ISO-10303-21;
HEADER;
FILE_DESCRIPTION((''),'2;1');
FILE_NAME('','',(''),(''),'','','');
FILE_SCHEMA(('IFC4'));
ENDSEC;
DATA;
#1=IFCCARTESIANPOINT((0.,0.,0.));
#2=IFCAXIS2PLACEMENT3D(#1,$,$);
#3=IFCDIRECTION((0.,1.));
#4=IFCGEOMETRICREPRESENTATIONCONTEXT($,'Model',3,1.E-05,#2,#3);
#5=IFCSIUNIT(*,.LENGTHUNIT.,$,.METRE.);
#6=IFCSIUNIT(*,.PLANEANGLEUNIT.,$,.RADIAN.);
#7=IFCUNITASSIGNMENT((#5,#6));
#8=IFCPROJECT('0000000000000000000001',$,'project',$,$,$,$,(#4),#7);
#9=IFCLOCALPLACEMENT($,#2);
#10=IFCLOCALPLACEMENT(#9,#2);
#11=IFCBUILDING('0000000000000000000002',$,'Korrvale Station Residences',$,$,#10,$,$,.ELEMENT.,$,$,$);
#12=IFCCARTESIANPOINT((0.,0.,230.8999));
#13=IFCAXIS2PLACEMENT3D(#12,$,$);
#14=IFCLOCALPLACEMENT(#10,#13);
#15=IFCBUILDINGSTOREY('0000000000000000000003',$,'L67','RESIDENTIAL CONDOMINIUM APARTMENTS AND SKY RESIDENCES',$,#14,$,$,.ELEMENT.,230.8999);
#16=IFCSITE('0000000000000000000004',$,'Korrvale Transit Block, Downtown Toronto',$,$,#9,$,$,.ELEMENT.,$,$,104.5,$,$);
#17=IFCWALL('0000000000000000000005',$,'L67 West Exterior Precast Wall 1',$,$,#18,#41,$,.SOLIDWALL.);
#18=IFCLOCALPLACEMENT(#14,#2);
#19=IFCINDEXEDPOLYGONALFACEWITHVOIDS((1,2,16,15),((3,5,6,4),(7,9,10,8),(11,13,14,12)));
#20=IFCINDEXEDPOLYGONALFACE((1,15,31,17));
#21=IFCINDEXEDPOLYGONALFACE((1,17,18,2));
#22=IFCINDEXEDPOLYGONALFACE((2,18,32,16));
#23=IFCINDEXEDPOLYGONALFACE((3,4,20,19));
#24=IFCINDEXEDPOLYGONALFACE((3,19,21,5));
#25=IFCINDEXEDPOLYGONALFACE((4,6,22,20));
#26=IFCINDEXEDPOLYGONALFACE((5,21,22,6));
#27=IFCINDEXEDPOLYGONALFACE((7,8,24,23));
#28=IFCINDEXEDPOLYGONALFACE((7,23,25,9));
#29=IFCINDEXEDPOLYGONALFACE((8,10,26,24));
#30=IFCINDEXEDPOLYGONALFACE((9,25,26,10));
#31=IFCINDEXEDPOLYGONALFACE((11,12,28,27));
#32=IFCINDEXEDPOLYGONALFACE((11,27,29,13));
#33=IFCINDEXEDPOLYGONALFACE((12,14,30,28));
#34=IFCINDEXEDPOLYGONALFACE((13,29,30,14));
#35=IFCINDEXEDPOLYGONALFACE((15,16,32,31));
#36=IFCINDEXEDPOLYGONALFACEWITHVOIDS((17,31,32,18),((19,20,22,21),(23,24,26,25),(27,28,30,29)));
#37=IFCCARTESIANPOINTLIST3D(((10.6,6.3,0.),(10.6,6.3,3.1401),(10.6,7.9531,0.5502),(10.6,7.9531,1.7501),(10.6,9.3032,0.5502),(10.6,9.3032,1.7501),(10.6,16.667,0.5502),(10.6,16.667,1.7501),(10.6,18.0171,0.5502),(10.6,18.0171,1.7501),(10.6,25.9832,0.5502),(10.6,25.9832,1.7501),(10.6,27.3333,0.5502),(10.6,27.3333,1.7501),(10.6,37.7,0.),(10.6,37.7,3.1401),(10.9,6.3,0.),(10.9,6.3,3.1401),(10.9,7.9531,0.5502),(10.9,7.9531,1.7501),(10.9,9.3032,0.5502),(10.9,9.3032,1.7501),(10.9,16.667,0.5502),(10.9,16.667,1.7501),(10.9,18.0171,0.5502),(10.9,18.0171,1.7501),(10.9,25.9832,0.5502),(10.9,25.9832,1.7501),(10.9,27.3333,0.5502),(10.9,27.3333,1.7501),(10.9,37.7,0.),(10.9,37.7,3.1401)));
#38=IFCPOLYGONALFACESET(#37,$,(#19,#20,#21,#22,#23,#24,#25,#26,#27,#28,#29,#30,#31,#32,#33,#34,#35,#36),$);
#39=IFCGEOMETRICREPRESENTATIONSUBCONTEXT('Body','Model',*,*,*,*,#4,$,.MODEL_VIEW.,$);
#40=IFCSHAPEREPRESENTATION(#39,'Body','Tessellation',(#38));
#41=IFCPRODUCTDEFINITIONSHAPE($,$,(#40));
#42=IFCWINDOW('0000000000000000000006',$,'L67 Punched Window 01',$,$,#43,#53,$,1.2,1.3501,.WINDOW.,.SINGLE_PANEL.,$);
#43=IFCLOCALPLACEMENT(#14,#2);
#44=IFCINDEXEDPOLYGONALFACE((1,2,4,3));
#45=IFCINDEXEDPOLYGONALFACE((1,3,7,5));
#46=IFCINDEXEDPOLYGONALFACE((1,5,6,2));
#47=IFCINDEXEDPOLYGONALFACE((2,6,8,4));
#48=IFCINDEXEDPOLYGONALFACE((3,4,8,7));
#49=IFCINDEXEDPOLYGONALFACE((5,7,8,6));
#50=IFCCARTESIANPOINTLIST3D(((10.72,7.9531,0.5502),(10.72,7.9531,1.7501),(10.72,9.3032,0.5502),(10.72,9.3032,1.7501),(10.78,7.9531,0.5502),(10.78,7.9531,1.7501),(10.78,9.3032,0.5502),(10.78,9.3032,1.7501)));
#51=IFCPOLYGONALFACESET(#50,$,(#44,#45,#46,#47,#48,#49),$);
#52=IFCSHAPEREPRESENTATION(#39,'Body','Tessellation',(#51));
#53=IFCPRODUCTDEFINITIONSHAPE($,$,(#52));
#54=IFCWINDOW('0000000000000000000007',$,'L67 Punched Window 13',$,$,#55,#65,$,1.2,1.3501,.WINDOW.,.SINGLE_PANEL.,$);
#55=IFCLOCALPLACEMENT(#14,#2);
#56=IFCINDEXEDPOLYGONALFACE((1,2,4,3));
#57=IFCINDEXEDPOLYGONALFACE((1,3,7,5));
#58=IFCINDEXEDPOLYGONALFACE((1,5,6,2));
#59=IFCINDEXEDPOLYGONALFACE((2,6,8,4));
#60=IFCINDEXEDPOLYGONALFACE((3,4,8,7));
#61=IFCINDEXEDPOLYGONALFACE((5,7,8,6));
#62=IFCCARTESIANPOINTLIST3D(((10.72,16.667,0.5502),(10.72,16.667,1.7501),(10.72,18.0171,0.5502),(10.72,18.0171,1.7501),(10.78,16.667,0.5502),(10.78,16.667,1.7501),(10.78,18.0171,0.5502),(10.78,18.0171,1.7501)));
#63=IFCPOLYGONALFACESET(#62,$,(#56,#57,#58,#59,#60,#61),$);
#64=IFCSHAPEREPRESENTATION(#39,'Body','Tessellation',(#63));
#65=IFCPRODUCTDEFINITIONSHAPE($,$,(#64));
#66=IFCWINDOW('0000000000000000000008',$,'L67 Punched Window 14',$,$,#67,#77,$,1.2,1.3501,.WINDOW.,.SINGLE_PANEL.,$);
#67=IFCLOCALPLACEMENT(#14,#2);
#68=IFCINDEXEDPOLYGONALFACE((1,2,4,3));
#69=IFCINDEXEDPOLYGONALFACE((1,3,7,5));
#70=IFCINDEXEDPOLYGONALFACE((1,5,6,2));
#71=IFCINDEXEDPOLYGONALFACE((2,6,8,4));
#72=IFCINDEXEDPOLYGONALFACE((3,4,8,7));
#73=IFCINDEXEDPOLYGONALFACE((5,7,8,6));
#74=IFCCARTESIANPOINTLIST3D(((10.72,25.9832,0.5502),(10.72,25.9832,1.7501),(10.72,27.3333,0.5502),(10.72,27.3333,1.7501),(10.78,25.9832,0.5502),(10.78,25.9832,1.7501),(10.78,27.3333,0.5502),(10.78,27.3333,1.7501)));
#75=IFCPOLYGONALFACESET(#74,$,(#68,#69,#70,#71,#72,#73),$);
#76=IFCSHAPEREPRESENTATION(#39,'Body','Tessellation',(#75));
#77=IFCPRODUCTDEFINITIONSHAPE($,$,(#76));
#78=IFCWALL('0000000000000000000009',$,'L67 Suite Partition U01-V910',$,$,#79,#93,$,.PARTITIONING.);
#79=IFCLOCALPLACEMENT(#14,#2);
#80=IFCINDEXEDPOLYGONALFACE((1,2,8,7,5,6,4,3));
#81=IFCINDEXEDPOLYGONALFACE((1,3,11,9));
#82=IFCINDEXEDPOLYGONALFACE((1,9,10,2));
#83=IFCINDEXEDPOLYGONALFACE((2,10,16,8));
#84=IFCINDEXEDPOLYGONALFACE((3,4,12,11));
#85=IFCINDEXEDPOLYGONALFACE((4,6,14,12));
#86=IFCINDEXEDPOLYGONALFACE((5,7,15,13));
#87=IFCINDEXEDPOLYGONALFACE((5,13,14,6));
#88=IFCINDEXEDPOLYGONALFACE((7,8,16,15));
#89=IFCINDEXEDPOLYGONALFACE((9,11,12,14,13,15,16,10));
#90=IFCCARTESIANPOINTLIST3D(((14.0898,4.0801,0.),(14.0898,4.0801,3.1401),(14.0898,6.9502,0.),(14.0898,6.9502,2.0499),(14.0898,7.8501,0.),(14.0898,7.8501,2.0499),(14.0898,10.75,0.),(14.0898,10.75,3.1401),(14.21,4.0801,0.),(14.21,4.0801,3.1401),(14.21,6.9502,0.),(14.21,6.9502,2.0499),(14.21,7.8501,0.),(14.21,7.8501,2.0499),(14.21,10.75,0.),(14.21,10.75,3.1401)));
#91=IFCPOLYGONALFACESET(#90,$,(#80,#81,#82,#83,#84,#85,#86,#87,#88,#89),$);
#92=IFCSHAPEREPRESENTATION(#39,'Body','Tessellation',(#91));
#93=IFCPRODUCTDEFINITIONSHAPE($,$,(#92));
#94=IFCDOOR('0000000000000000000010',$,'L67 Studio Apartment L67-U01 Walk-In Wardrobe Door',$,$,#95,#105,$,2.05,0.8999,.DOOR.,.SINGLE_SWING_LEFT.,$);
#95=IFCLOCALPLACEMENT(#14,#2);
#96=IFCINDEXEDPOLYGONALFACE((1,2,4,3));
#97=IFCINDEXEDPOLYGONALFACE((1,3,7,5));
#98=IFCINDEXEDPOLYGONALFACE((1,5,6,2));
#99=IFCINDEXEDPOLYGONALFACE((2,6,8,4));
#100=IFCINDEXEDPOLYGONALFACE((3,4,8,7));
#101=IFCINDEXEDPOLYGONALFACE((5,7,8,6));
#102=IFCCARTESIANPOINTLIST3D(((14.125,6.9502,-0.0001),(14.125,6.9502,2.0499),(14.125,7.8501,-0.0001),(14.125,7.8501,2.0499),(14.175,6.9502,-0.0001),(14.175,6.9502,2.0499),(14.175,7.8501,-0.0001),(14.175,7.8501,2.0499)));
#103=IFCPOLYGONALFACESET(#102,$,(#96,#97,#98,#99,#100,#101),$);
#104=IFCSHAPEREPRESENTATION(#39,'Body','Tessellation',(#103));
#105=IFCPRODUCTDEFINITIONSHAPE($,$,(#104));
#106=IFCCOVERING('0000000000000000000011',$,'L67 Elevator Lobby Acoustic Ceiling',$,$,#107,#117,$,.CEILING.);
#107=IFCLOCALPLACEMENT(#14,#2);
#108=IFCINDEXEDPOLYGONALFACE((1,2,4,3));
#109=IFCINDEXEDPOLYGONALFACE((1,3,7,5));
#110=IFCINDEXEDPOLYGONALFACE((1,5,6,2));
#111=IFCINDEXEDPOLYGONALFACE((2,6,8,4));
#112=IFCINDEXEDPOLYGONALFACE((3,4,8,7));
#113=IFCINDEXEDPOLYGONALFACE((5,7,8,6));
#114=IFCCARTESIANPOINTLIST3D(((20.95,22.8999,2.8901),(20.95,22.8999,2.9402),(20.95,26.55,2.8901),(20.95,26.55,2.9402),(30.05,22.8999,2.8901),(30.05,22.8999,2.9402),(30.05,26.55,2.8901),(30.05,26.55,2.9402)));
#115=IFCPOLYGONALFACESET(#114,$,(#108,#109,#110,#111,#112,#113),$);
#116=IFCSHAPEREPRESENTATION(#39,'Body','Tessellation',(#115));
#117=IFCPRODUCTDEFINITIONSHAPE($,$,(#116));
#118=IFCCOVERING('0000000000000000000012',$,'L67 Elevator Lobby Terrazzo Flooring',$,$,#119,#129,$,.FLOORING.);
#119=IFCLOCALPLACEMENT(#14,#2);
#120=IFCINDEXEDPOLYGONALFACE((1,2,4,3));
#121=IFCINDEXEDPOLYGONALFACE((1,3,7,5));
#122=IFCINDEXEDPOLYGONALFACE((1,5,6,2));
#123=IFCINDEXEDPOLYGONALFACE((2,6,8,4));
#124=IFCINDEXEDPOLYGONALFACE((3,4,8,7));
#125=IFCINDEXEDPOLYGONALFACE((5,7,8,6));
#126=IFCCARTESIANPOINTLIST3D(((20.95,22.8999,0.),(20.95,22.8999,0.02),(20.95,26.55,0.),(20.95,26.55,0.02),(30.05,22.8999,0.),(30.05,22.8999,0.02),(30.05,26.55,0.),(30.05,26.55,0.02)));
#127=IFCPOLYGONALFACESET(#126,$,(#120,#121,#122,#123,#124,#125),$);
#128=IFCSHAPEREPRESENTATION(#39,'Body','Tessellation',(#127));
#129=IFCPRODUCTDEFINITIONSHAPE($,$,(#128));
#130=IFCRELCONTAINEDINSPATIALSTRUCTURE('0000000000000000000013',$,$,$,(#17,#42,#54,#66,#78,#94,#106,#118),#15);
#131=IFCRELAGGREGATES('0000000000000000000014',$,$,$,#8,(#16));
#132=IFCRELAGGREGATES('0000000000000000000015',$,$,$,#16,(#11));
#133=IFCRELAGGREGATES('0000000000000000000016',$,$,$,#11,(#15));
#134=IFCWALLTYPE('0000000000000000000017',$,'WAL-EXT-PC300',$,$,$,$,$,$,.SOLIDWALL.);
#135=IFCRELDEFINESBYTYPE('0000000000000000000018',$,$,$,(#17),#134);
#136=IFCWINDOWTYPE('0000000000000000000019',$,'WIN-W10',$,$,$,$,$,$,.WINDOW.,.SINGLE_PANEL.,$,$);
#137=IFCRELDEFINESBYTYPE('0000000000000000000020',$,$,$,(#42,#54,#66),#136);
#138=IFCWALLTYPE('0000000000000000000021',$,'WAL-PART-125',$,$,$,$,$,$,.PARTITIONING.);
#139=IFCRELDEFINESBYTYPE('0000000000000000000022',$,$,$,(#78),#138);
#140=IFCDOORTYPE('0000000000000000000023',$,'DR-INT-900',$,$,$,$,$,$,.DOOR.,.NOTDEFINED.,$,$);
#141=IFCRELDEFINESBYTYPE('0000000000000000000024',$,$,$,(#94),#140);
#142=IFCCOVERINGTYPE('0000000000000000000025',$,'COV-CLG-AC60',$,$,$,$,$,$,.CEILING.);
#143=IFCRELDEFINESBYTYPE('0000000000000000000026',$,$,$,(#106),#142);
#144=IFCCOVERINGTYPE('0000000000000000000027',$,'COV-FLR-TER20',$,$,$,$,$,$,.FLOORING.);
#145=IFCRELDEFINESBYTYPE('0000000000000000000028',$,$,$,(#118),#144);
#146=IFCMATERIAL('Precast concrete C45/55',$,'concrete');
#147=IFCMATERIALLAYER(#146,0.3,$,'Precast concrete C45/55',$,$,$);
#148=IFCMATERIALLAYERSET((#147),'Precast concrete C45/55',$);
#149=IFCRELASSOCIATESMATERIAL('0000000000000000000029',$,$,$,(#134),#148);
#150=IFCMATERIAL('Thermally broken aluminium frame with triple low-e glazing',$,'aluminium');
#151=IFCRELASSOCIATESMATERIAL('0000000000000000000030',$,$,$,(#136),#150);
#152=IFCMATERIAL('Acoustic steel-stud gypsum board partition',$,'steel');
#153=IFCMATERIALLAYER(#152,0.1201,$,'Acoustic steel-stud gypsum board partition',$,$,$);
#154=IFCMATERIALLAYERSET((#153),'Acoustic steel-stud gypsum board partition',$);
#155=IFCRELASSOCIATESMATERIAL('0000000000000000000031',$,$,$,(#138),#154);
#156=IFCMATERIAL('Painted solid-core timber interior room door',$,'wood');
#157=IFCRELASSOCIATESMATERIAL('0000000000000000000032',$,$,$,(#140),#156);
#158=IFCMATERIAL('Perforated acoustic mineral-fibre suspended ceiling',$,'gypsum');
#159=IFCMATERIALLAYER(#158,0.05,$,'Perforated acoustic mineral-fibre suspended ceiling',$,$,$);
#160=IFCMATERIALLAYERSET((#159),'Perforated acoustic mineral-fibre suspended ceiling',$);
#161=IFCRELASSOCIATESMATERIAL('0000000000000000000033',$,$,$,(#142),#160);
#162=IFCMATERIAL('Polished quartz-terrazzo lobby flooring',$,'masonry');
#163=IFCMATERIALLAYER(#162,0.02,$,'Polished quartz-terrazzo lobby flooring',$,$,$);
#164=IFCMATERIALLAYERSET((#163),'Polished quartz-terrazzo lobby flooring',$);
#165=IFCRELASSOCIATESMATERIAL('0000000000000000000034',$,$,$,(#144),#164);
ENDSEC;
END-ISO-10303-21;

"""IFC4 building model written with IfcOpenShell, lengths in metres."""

from ifc_helpers import new_model, si_unit, direction, frame, frame_2d, origin, place, context, subcontext, project, spatial, polyline, rectangle, outline, extrude, material, layer, layer_set, type_object, element, fill, save


model = new_model("IFC4")

# Units and contexts
model_context = context("Model", 3, precision=1e-05, world=origin(), true_north=direction((0.0, 1.0)))
body_context = subcontext(model_context, "Body", "Model", "MODEL_VIEW")
ifc_project = project(units=[si_unit("LENGTHUNIT", "METRE"), si_unit("PLANEANGLEUNIT", "RADIAN")], contexts=[model_context])

# Site, building, storey
site_placement = place(None, origin())
site = spatial("IfcSite", under=ifc_project, at=site_placement, Name="Korrvale Transit Block, Downtown Toronto", CompositionType="ELEMENT", RefElevation=104.5)
building_placement = place(site_placement, origin())
building = spatial("IfcBuilding", under=site, at=building_placement, Name="Korrvale Station Residences", CompositionType="ELEMENT")
storey_placement = place(building_placement, frame((0.0, 0.0, 230.8999)))
storey = spatial("IfcBuildingStorey", under=building, at=storey_placement, Name="L67", Description="RESIDENTIAL CONDOMINIUM APARTMENTS AND SKY RESIDENCES", CompositionType="ELEMENT", Elevation=230.8999)

# Shared definitions
ifc_material_1 = material(Name="Precast concrete C45/55", Category="concrete")
ifc_layer_1 = layer(ifc_material_1, 0.3, Name="Precast concrete C45/55")
ifc_layer_set_1 = layer_set([ifc_layer_1], Name="Precast concrete C45/55")
wall_type_1 = type_object("IfcWallType", Name="WAL-EXT-PC300", PredefinedType="SOLIDWALL", material=ifc_layer_set_1)

# Wall, openings, windows
wall_1_placement = place(storey_placement, frame((10.75, 6.3, 0.0), z_axis=(0.0, 0.0, 1.0), x_axis=(0.0, 1.0, 0.0)))
wall_1 = element("IfcWall", 1, at=wall_1_placement, inside=storey, type_object=wall_type_1, Name="L67 West Exterior Precast Wall 1", PredefinedType="SOLIDWALL", context=body_context, shape_type="SweptSolid", body=[
    extrude(rectangle(XDim=31.3999, YDim=0.3, at=frame_2d((15.7, 0.0))), origin(), (0.0, 0.0, 1.0), 3.1401),
])
opening_1_placement = place(wall_1_placement, frame((1.6531, 0.0, 0.55)))
opening_1 = element("IfcOpeningElement", 2, at=opening_1_placement, cuts=wall_1, PredefinedType="OPENING", context=body_context, shape_type="SweptSolid", body=[
    extrude(rectangle(XDim=1.3501, YDim=1.2, at=frame_2d((0.675, 0.6001))), frame((0.0, 0.1602, 0.0), z_axis=(0.0, -1.0, 0.0), x_axis=(1.0, 0.0, 0.0)), (0.0, 0.0, 1.0), 0.3201),
])
opening_2_placement = place(wall_1_placement, frame((10.3669, 0.0, 0.55)))
opening_2 = element("IfcOpeningElement", 3, at=opening_2_placement, cuts=wall_1, PredefinedType="OPENING", context=body_context, shape_type="SweptSolid", body=[
    extrude(rectangle(XDim=1.3501, YDim=1.2, at=frame_2d((0.675, 0.6001))), frame((0.0, 0.1602, 0.0), z_axis=(0.0, -1.0, 0.0), x_axis=(1.0, 0.0, 0.0)), (0.0, 0.0, 1.0), 0.3201),
])
opening_3_placement = place(wall_1_placement, frame((19.6831, 0.0, 0.55)))
opening_3 = element("IfcOpeningElement", 4, at=opening_3_placement, cuts=wall_1, PredefinedType="OPENING", context=body_context, shape_type="SweptSolid", body=[
    extrude(rectangle(XDim=1.3501, YDim=1.2, at=frame_2d((0.675, 0.6001))), frame((0.0, 0.1602, 0.0), z_axis=(0.0, -1.0, 0.0), x_axis=(1.0, 0.0, 0.0)), (0.0, 0.0, 1.0), 0.3201),
])
ifc_material_2 = material(Name="Thermally broken aluminium frame with triple low-e glazing", Category="aluminium")
window_type = type_object("IfcWindowType", Name="WIN-W10", PartitioningType="SINGLE_PANEL", PredefinedType="WINDOW", material=ifc_material_2)
window_1_placement = place(opening_1_placement, origin())
window_1 = element("IfcWindow", 5, at=window_1_placement, inside=storey, type_object=window_type, Name="L67 Punched Window 01", OverallHeight=1.2, OverallWidth=1.3501, PartitioningType="SINGLE_PANEL", PredefinedType="WINDOW", context=body_context, shape_type="SweptSolid", body=[
    extrude(rectangle(XDim=1.3501, YDim=1.2, at=frame_2d((0.675, 0.6001))), frame((0.0, 0.03, 0.0), z_axis=(0.0, -1.0, 0.0), x_axis=(1.0, 0.0, 0.0)), (0.0, 0.0, 1.0), 0.0601),
])
fill(opening_1, window_1)
window_2_placement = place(opening_2_placement, origin())
window_2 = element("IfcWindow", 6, at=window_2_placement, inside=storey, type_object=window_type, Name="L67 Punched Window 13", OverallHeight=1.2, OverallWidth=1.3501, PartitioningType="SINGLE_PANEL", PredefinedType="WINDOW", context=body_context, shape_type="SweptSolid", body=[
    extrude(rectangle(XDim=1.3501, YDim=1.2, at=frame_2d((0.675, 0.6001))), frame((0.0, 0.03, 0.0), z_axis=(0.0, -1.0, 0.0), x_axis=(1.0, 0.0, 0.0)), (0.0, 0.0, 1.0), 0.0601),
])
fill(opening_2, window_2)
window_3_placement = place(opening_3_placement, origin())
window_3 = element("IfcWindow", 7, at=window_3_placement, inside=storey, type_object=window_type, Name="L67 Punched Window 14", OverallHeight=1.2, OverallWidth=1.3501, PartitioningType="SINGLE_PANEL", PredefinedType="WINDOW", context=body_context, shape_type="SweptSolid", body=[
    extrude(rectangle(XDim=1.3501, YDim=1.2, at=frame_2d((0.675, 0.6001))), frame((0.0, 0.03, 0.0), z_axis=(0.0, -1.0, 0.0), x_axis=(1.0, 0.0, 0.0)), (0.0, 0.0, 1.0), 0.0601),
])
fill(opening_3, window_3)

# Wall, opening, door
ifc_material_3 = material(Name="Acoustic steel-stud gypsum board partition", Category="steel")
ifc_layer_2 = layer(ifc_material_3, 0.1201, Name="Acoustic steel-stud gypsum board partition")
ifc_layer_set_2 = layer_set([ifc_layer_2], Name="Acoustic steel-stud gypsum board partition")
wall_type_2 = type_object("IfcWallType", Name="WAL-PART-125", PredefinedType="PARTITIONING", material=ifc_layer_set_2)
wall_2_placement = place(storey_placement, frame((14.1499, 4.0801, 0.0), z_axis=(0.0, 0.0, 1.0), x_axis=(0.0, 1.0, 0.0)))
wall_2 = element("IfcWall", 8, at=wall_2_placement, inside=storey, type_object=wall_type_2, Name="L67 Suite Partition U01-V910", PredefinedType="PARTITIONING", context=body_context, shape_type="SweptSolid", body=[
    extrude(rectangle(XDim=6.6699, YDim=0.1201, at=frame_2d((3.335, 0.0))), origin(), (0.0, 0.0, 1.0), 3.1401),
])
opening_4_placement = place(wall_2_placement, frame((2.8701, 0.0, 0.0)))
opening_4 = element("IfcOpeningElement", 9, at=opening_4_placement, cuts=wall_2, PredefinedType="OPENING", context=body_context, shape_type="SweptSolid", body=[
    extrude(rectangle(XDim=0.8999, YDim=2.05, at=frame_2d((0.45, 1.0249))), frame((0.0, 0.0701, 0.0), z_axis=(0.0, -1.0, 0.0), x_axis=(1.0, 0.0, 0.0)), (0.0, 0.0, 1.0), 0.1401),
])
ifc_material_4 = material(Name="Painted solid-core timber interior room door", Category="wood")
door_type = type_object("IfcDoorType", Name="DR-INT-900", OperationType="NOTDEFINED", PredefinedType="DOOR", material=ifc_material_4)
door_placement = place(opening_4_placement, origin())
door = element("IfcDoor", 10, at=door_placement, inside=storey, type_object=door_type, Name="L67 Studio Apartment L67-U01 Walk-In Wardrobe Door", OperationType="SINGLE_SWING_LEFT", OverallHeight=2.05, OverallWidth=0.8999, PredefinedType="DOOR", context=body_context, shape_type="SweptSolid", body=[
    extrude(rectangle(XDim=0.8999, YDim=2.05, at=frame_2d((0.45, 1.0249))), frame((0.0, 0.0249, 0.0), z_axis=(0.0, -1.0, 0.0), x_axis=(1.0, 0.0, 0.0)), (0.0, 0.0, 1.0), 0.05),
])
fill(opening_4, door)

# Coverings
ifc_material_5 = material(Name="Perforated acoustic mineral-fibre suspended ceiling", Category="gypsum")
ifc_layer_3 = layer(ifc_material_5, 0.05, Name="Perforated acoustic mineral-fibre suspended ceiling")
ifc_layer_set_3 = layer_set([ifc_layer_3], Name="Perforated acoustic mineral-fibre suspended ceiling")
covering_type_1 = type_object("IfcCoveringType", Name="COV-CLG-AC60", PredefinedType="CEILING", material=ifc_layer_set_3)
covering_1_placement = place(storey_placement, frame((0.0, 0.0, 2.8901)))
element("IfcCovering", 11, at=covering_1_placement, inside=storey, type_object=covering_type_1, Name="L67 Elevator Lobby Acoustic Ceiling", PredefinedType="CEILING", context=body_context, shape_type="SweptSolid", body=[
    extrude(outline(polyline([(20.95, 22.8999), (30.05, 22.8999), (30.05, 26.55), (20.95, 26.55), (20.95, 22.8999)])), origin(), (0.0, 0.0, 1.0), 0.05),
])
ifc_material_6 = material(Name="Polished quartz-terrazzo lobby flooring", Category="masonry")
ifc_layer_4 = layer(ifc_material_6, 0.02, Name="Polished quartz-terrazzo lobby flooring")
ifc_layer_set_4 = layer_set([ifc_layer_4], Name="Polished quartz-terrazzo lobby flooring")
covering_type_2 = type_object("IfcCoveringType", Name="COV-FLR-TER20", PredefinedType="FLOORING", material=ifc_layer_set_4)
covering_2_placement = place(storey_placement, origin())
element("IfcCovering", 12, at=covering_2_placement, inside=storey, type_object=covering_type_2, Name="L67 Elevator Lobby Terrazzo Flooring", PredefinedType="FLOORING", context=body_context, shape_type="SweptSolid", body=[
    extrude(outline(polyline([(20.95, 22.8999), (30.05, 22.8999), (30.05, 26.55), (20.95, 26.55), (20.95, 22.8999)])), origin(), (0.0, 0.0, 1.0), 0.02),
])

save(model, "model.ifc")
